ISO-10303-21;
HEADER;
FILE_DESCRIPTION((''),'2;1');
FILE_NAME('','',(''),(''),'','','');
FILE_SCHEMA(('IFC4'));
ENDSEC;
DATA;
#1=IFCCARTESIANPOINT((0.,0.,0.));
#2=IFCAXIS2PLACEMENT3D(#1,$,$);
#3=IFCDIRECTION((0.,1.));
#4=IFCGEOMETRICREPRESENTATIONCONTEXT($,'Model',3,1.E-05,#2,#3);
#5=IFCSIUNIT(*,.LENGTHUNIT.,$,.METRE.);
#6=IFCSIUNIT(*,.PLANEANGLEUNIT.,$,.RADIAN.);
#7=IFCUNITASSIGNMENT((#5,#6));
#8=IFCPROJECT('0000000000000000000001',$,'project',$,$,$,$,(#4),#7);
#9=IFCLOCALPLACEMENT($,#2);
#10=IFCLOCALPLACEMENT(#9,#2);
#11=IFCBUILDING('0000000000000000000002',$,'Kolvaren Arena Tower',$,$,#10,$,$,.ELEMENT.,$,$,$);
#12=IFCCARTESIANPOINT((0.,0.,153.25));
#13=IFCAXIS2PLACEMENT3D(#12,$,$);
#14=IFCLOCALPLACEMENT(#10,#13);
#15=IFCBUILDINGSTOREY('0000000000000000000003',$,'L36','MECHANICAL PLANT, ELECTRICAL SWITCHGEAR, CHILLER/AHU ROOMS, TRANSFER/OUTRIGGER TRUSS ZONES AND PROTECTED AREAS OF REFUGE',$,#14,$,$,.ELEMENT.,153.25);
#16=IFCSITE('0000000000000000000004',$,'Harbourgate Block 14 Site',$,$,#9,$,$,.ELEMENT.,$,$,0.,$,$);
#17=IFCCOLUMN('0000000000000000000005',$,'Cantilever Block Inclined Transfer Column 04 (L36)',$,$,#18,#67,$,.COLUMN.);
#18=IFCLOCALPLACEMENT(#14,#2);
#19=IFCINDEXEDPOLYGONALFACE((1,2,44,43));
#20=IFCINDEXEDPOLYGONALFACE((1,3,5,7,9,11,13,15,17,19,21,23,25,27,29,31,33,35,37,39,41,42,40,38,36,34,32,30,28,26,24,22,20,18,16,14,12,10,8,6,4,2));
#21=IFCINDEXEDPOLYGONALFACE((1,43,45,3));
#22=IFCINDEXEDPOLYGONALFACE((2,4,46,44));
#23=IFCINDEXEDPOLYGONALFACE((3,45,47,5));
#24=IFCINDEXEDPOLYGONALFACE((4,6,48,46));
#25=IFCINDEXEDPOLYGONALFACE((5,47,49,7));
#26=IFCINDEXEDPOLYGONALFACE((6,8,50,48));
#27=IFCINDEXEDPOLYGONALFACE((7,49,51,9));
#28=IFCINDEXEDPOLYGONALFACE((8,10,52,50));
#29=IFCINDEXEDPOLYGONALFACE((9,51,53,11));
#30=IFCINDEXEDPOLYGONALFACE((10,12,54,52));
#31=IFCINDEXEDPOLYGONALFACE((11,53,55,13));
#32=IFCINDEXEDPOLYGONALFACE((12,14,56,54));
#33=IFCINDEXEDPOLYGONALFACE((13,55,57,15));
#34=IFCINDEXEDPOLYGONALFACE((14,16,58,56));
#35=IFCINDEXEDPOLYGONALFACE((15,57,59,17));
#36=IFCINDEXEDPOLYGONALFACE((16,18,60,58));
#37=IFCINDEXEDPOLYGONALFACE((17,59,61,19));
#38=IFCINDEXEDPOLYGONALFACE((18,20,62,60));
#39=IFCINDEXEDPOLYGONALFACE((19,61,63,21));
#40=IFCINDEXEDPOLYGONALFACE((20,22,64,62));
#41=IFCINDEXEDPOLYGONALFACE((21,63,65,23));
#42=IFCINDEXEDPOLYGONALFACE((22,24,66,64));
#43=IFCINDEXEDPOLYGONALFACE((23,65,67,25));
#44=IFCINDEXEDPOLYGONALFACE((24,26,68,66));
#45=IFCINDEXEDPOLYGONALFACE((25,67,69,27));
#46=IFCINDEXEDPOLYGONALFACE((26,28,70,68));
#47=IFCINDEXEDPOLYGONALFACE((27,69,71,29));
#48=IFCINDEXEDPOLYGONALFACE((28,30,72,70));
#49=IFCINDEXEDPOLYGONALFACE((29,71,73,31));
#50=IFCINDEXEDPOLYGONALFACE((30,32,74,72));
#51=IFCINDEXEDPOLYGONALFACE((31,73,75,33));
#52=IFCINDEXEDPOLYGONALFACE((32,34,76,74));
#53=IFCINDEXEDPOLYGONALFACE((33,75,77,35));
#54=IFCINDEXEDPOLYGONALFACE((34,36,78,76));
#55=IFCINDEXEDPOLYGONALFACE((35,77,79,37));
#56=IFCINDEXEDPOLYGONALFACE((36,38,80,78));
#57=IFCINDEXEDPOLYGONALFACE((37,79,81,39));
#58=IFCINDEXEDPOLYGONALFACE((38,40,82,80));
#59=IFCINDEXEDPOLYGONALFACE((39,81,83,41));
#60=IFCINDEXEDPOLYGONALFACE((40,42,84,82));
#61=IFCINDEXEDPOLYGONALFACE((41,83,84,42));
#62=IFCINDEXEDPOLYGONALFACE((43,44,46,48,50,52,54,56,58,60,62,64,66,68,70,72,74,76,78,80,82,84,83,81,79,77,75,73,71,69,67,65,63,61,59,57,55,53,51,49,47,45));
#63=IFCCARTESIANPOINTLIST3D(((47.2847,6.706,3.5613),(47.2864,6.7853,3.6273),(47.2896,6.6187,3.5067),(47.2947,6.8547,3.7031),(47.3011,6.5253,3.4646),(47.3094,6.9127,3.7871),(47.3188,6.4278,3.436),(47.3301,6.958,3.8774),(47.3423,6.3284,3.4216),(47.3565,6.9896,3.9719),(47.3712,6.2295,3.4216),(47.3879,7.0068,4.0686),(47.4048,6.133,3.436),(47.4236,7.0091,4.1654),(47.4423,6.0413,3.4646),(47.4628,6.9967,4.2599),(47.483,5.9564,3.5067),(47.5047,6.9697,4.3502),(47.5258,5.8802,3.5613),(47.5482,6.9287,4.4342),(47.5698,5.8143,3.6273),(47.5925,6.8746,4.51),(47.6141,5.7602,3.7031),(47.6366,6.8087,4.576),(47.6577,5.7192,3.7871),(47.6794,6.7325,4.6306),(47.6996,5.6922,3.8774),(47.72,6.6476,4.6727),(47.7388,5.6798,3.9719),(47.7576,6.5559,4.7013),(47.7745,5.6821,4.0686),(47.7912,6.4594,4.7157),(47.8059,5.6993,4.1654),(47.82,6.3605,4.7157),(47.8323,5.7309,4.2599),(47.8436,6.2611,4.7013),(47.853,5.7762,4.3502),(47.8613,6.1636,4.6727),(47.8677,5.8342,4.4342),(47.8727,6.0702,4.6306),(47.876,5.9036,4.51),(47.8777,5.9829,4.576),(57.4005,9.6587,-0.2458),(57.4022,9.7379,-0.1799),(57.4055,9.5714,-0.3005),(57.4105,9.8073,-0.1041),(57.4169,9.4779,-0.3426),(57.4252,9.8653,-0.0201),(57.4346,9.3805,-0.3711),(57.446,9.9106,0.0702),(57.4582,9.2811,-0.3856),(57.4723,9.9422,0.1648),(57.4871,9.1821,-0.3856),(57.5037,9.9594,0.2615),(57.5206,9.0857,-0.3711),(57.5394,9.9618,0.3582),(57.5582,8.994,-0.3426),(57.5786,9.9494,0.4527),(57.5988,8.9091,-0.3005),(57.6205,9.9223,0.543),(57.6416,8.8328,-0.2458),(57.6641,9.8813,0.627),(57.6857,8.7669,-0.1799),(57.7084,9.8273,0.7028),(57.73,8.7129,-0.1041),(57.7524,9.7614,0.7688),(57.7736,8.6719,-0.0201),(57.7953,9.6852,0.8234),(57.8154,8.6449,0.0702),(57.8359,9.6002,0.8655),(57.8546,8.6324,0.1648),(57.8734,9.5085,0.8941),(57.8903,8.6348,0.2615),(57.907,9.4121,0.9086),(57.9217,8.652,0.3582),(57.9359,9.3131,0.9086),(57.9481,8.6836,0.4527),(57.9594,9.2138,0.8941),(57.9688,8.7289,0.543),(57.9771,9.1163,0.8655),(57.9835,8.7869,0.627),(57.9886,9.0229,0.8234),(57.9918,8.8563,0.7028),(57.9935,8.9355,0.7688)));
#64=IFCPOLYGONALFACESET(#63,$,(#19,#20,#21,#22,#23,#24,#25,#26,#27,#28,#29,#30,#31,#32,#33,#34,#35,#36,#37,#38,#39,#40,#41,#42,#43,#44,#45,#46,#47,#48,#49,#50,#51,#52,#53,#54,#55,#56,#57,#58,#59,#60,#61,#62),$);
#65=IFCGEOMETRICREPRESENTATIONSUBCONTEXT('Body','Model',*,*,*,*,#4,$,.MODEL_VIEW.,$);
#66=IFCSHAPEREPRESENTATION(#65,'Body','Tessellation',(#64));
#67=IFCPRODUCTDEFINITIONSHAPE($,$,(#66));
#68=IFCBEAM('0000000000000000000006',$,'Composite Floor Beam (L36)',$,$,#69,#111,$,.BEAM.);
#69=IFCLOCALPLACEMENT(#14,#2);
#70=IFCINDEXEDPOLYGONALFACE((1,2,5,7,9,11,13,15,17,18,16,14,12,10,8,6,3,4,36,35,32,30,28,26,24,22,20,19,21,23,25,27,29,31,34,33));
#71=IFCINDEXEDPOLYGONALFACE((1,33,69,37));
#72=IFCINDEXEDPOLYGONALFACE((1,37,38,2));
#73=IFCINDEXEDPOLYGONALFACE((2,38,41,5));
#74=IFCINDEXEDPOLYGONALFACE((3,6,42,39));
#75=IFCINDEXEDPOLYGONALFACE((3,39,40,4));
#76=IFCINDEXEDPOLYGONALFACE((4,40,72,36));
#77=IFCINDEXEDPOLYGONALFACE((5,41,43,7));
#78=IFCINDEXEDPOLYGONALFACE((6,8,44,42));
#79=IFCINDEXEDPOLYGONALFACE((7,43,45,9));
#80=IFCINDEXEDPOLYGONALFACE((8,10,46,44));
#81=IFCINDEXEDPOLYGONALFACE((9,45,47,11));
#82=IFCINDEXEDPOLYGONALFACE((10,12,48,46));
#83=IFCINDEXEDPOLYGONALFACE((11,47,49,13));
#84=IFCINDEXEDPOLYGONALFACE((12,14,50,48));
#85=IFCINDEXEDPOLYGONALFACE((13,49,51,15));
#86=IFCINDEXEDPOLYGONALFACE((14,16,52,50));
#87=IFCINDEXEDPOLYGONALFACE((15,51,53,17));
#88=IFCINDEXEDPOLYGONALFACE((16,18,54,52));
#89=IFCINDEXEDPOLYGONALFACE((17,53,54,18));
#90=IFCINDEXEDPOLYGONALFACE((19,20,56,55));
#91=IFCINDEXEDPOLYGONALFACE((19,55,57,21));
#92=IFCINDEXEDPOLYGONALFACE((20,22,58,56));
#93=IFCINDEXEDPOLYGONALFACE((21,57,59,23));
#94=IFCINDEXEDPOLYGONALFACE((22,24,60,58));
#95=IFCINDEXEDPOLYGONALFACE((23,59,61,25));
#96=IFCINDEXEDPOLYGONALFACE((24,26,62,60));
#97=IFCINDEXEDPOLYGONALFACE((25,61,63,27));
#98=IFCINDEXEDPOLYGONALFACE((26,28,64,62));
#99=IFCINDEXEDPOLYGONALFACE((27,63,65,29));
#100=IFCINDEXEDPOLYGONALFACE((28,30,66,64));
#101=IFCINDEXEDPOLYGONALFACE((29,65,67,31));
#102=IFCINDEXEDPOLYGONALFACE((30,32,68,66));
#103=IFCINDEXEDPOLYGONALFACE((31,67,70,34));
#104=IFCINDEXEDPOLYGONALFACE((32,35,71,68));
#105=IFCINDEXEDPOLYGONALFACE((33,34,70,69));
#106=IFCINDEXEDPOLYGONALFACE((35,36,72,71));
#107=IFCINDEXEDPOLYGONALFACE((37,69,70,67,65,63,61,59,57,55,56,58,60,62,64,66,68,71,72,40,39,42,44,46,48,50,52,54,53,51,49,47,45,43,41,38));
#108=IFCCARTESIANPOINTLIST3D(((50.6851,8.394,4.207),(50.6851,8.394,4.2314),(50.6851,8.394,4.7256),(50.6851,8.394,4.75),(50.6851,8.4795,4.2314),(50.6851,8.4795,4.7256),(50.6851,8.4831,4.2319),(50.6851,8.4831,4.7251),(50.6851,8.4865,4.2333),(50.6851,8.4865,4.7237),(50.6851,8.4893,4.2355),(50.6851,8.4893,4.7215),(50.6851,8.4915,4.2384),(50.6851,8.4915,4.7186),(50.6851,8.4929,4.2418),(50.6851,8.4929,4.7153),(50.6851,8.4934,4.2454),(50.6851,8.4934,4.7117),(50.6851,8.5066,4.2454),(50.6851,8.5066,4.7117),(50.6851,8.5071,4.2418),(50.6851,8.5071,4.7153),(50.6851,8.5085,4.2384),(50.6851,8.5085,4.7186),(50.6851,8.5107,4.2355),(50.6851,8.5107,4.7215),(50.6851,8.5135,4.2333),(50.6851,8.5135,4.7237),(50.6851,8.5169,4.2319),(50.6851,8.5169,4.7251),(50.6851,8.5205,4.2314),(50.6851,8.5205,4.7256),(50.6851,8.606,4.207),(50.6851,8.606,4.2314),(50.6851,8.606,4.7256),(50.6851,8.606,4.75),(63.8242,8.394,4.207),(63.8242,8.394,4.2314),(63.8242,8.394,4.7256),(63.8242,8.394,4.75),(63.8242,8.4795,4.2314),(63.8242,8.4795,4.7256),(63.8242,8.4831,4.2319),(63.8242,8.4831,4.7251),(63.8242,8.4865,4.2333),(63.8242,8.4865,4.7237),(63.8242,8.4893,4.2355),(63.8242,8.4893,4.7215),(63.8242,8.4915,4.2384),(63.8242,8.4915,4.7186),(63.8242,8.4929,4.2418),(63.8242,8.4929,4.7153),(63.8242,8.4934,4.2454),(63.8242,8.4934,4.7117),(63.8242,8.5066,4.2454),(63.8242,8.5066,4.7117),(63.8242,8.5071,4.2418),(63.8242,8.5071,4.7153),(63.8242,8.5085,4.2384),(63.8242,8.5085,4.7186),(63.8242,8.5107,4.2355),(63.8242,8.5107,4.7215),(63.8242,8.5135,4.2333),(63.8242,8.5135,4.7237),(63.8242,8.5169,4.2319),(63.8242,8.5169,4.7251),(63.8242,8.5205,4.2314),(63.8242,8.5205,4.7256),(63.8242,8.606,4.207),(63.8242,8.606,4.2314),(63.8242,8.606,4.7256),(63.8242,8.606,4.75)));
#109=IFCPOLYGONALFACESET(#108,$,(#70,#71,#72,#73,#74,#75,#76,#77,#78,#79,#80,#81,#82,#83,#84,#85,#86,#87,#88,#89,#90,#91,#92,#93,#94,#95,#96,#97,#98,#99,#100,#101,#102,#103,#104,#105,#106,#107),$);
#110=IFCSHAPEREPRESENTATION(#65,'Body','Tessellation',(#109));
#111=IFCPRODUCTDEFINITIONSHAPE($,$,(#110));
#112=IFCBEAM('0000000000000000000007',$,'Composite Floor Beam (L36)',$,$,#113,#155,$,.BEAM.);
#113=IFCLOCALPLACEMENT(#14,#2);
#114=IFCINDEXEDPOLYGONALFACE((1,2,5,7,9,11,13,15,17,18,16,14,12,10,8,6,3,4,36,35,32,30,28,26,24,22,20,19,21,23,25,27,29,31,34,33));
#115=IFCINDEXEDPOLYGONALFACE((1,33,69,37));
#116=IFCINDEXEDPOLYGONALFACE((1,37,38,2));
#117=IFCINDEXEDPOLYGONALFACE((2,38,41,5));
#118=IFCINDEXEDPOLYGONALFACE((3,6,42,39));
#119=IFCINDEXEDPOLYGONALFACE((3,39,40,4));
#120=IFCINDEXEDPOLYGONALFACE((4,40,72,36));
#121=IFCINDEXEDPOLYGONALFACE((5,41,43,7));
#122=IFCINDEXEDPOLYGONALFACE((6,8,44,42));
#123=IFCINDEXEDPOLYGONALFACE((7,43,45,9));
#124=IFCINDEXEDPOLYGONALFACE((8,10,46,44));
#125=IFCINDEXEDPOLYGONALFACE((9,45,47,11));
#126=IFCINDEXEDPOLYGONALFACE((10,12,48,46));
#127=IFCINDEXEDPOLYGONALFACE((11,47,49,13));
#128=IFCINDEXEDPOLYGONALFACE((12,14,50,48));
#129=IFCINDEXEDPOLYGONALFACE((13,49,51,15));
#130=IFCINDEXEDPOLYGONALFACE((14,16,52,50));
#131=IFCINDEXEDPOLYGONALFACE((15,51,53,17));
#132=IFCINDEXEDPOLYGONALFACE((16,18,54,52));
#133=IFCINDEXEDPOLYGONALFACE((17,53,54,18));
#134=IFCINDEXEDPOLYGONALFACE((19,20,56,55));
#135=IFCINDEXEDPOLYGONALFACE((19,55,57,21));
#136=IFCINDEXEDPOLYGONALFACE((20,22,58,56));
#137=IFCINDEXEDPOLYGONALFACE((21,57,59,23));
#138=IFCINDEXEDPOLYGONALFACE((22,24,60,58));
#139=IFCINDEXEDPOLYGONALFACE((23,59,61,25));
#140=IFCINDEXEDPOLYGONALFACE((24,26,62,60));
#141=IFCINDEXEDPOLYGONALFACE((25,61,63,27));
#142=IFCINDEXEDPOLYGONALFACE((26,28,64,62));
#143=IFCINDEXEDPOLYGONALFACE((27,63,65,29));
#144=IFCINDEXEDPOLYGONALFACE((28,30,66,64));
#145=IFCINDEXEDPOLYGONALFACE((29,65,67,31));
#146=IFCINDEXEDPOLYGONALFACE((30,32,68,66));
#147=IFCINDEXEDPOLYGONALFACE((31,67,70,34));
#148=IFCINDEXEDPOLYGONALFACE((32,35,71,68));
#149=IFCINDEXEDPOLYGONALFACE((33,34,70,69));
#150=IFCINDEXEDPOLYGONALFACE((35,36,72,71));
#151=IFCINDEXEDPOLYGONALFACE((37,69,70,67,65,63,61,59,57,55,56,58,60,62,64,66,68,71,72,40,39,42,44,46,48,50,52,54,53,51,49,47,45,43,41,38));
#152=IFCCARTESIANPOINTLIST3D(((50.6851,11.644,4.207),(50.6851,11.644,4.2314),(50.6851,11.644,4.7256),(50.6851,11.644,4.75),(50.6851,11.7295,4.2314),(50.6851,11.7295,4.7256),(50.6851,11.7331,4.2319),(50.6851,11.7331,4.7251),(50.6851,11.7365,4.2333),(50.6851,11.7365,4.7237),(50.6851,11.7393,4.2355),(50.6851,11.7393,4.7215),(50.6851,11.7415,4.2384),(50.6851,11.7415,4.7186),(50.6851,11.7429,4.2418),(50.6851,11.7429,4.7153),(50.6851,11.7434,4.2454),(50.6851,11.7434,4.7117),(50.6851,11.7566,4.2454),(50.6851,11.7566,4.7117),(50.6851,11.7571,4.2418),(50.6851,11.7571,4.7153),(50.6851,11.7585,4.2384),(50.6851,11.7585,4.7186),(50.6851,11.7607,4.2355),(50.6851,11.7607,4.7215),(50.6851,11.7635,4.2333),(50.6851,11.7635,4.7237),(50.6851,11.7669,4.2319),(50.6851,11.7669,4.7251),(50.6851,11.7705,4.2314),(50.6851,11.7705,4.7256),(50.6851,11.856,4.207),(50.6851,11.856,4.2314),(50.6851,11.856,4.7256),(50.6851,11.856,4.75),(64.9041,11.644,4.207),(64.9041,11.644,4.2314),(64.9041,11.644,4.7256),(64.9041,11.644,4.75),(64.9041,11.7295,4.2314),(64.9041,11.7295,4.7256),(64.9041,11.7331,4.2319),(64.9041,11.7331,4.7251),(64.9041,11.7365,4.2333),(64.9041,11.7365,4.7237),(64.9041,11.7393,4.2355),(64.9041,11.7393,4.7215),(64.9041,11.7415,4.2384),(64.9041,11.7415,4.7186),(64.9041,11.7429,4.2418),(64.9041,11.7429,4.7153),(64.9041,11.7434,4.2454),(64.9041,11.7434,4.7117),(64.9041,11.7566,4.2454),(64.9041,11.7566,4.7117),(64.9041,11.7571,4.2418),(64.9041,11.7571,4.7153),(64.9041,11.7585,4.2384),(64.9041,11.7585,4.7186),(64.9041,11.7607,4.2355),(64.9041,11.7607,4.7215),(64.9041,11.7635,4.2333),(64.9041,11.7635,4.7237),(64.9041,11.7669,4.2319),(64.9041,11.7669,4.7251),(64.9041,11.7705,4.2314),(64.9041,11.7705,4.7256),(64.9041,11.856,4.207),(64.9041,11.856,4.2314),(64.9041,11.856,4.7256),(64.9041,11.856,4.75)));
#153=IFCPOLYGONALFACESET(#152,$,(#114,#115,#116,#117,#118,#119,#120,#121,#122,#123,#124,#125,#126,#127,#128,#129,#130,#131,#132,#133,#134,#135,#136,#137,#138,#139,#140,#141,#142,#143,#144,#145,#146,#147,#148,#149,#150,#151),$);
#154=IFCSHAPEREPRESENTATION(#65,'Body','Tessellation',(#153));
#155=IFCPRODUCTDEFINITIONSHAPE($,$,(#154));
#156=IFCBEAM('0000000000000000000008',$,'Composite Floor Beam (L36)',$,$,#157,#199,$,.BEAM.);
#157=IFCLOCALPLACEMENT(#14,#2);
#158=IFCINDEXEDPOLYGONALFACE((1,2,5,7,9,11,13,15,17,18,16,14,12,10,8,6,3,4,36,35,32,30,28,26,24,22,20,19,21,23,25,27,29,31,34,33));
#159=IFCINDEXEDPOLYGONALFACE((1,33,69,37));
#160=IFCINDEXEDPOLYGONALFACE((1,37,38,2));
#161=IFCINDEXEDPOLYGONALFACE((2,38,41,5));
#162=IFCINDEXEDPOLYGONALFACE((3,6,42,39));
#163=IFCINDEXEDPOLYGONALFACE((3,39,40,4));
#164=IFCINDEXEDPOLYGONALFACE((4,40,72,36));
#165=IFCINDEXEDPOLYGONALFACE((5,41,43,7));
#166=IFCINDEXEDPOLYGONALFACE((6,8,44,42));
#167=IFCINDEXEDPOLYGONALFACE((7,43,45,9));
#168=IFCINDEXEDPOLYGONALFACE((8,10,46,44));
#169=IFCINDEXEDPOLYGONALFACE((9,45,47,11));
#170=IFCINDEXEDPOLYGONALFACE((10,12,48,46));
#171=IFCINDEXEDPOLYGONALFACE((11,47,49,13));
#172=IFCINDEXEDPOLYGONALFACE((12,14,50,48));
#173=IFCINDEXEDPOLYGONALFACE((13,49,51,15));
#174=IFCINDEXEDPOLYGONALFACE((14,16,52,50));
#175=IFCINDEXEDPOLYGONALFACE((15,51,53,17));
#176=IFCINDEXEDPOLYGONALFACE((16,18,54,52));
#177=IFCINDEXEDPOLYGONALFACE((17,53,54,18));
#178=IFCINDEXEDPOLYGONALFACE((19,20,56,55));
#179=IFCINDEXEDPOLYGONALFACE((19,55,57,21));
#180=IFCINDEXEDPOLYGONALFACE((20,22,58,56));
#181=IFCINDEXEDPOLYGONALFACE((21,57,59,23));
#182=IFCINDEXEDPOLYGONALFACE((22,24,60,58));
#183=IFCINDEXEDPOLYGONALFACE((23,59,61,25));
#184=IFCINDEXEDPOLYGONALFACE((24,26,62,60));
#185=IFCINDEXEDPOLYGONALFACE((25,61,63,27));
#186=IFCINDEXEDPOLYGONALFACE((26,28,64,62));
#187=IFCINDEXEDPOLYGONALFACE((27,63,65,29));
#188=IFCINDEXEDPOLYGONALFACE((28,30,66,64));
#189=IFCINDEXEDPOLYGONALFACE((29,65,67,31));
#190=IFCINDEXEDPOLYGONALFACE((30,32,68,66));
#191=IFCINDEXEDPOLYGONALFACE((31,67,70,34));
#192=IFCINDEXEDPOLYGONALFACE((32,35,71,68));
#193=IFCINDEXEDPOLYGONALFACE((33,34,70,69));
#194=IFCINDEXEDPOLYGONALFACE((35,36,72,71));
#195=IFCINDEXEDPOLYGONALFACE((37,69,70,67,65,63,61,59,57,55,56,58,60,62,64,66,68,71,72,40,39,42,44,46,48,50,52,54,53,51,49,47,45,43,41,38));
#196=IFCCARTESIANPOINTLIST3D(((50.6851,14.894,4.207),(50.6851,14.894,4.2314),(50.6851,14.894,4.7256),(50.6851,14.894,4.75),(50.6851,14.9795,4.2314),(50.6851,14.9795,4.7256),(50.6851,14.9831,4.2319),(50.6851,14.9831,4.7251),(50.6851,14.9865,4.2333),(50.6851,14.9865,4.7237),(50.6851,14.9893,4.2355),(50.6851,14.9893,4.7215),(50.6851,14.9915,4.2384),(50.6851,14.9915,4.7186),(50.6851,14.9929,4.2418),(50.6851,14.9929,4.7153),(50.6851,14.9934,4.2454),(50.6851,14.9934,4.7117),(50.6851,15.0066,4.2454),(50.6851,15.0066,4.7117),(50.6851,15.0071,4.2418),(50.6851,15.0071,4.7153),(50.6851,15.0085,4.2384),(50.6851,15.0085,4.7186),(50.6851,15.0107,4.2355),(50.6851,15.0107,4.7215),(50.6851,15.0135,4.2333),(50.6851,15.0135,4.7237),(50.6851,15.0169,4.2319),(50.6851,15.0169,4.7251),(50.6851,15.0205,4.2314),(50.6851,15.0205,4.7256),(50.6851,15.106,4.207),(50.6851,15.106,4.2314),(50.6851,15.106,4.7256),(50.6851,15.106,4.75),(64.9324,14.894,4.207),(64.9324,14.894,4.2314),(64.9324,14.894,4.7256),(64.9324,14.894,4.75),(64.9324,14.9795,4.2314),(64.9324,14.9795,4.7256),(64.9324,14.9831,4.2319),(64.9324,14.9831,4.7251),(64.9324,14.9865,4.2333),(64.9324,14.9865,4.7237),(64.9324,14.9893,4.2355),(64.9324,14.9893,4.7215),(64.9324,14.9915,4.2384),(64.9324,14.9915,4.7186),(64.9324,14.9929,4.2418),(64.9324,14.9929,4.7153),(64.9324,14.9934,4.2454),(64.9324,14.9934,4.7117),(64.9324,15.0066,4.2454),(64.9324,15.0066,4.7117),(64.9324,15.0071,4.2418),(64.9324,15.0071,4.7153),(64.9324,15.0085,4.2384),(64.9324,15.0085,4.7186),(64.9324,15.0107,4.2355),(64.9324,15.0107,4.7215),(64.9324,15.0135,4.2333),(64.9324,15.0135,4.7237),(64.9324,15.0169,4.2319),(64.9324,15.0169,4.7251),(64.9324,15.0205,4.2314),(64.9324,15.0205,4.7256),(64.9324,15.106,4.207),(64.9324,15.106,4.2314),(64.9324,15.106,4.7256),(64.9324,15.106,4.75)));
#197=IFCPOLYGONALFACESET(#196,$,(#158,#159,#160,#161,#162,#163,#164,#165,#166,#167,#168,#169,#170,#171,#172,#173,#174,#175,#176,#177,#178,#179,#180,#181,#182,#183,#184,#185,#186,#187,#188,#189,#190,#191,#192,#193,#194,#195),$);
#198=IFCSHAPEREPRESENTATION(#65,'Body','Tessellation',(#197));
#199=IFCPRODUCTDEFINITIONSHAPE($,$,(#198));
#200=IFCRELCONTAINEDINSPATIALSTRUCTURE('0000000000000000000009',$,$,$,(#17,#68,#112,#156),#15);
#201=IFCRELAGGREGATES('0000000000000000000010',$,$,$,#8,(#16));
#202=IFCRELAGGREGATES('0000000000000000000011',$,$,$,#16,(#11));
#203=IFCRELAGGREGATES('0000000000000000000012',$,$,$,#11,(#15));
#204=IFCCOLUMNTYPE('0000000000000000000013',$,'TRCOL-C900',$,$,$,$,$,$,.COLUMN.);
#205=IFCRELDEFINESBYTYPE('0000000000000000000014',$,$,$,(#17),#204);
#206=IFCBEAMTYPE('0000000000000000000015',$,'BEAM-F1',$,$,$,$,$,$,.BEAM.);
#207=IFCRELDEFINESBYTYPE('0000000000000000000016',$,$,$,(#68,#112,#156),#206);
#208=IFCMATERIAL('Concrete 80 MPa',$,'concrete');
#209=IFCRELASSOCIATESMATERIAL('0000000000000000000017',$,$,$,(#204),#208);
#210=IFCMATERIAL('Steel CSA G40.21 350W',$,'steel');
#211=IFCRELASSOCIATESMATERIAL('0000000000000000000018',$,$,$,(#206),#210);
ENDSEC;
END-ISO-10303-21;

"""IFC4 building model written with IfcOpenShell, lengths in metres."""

from ifc_helpers import new_model, si_unit, direction, frame, origin, origin_2d, place, context, subcontext, project, spatial, circle, i_section, extrude, material, material_profile, profile_set, type_object, element, save


model = new_model("IFC4")

# Units and contexts
model_context = context("Model", 3, precision=1e-05, world=origin(), true_north=direction((0.0, 1.0)))
body_context = subcontext(model_context, "Body", "Model", "MODEL_VIEW")
ifc_project = project(units=[si_unit("LENGTHUNIT", "METRE"), si_unit("PLANEANGLEUNIT", "RADIAN")], contexts=[model_context])

# Site, building, storey
site_placement = place(None, origin())
site = spatial("IfcSite", under=ifc_project, at=site_placement, Name="Harbourgate Block 14 Site", CompositionType="ELEMENT", RefElevation=0.0)
building_placement = place(site_placement, origin())
building = spatial("IfcBuilding", under=site, at=building_placement, Name="Kolvaren Arena Tower", CompositionType="ELEMENT")
storey_placement = place(building_placement, frame((0.0, 0.0, 153.25)))
storey = spatial("IfcBuildingStorey", under=building, at=storey_placement, Name="L36", Description="MECHANICAL PLANT, ELECTRICAL SWITCHGEAR, CHILLER/AHU ROOMS, TRANSFER/OUTRIGGER TRUSS ZONES AND PROTECTED AREAS OF REFUGE", CompositionType="ELEMENT", Elevation=153.25)

# Column
ifc_material_1 = material(Name="Concrete 80 MPa", Category="concrete")
ifc_material_profile_1 = material_profile(ifc_material_1, circle(Radius=0.6899, at=origin_2d()), Name="RC-CIRC-1380")
ifc_profile_set_1 = profile_set([ifc_material_profile_1], Name="Concrete 80 MPa")
column_type = type_object("IfcColumnType", Name="TRCOL-C900", PredefinedType="COLUMN", material=ifc_profile_set_1)
column_placement = place(storey_placement, frame((57.697, 9.2971, 0.2615), z_axis=(-0.902829, -0.263523, 0.339787), x_axis=(0.280194, -0.959943, 0.0)))
element("IfcColumn", 1, at=column_placement, inside=storey, type_object=column_type, Name="Cantilever Block Inclined Transfer Column 04 (L36)", PredefinedType="COLUMN", context=body_context, shape_type="SweptSolid", body=[
    extrude(circle(Radius=0.6899, at=origin_2d()), origin(), (0.0, 0.0, 1.0), 11.2046),
])

# Beams
ifc_material_2 = material(Name="Steel CSA G40.21 350W", Category="steel")
ifc_material_profile_2 = material_profile(ifc_material_2, i_section(OverallWidth=0.2119, OverallDepth=0.543, WebThickness=0.0132, FlangeThickness=0.0244, FilletRadius=0.0139, at=origin_2d()), Name="W530x150")
ifc_profile_set_2 = profile_set([ifc_material_profile_2], Name="Steel CSA G40.21 350W")
beam_type = type_object("IfcBeamType", Name="BEAM-F1", PredefinedType="BEAM", material=ifc_profile_set_2)
beam_1_placement = place(storey_placement, frame((50.6851, 8.5, 4.4785), z_axis=(1.0, 0.0, 0.0), x_axis=(0.0, 1.0, 0.0)))
element("IfcBeam", 2, at=beam_1_placement, inside=storey, type_object=beam_type, Name="Composite Floor Beam (L36)", PredefinedType="BEAM", context=body_context, shape_type="SweptSolid", body=[
    extrude(i_section(OverallWidth=0.2119, OverallDepth=0.543, WebThickness=0.0132, FlangeThickness=0.0244, FilletRadius=0.0139, at=origin_2d()), origin(), (0.0, 0.0, 1.0), 13.1392),
])
beam_2_placement = place(storey_placement, frame((50.6851, 11.75, 4.4785), z_axis=(1.0, 0.0, 0.0), x_axis=(0.0, 1.0, 0.0)))
element("IfcBeam", 3, at=beam_2_placement, inside=storey, type_object=beam_type, Name="Composite Floor Beam (L36)", PredefinedType="BEAM", context=body_context, shape_type="SweptSolid", body=[
    extrude(i_section(OverallWidth=0.2119, OverallDepth=0.543, WebThickness=0.0132, FlangeThickness=0.0244, FilletRadius=0.0139, at=origin_2d()), origin(), (0.0, 0.0, 1.0), 14.219),
])
beam_3_placement = place(storey_placement, frame((50.6851, 15.0, 4.4785), z_axis=(1.0, 0.0, 0.0), x_axis=(0.0, 1.0, 0.0)))
element("IfcBeam", 4, at=beam_3_placement, inside=storey, type_object=beam_type, Name="Composite Floor Beam (L36)", PredefinedType="BEAM", context=body_context, shape_type="SweptSolid", body=[
    extrude(i_section(OverallWidth=0.2119, OverallDepth=0.543, WebThickness=0.0132, FlangeThickness=0.0244, FilletRadius=0.0139, at=origin_2d()), origin(), (0.0, 0.0, 1.0), 14.2473),
])

save(model, "model.ifc")
